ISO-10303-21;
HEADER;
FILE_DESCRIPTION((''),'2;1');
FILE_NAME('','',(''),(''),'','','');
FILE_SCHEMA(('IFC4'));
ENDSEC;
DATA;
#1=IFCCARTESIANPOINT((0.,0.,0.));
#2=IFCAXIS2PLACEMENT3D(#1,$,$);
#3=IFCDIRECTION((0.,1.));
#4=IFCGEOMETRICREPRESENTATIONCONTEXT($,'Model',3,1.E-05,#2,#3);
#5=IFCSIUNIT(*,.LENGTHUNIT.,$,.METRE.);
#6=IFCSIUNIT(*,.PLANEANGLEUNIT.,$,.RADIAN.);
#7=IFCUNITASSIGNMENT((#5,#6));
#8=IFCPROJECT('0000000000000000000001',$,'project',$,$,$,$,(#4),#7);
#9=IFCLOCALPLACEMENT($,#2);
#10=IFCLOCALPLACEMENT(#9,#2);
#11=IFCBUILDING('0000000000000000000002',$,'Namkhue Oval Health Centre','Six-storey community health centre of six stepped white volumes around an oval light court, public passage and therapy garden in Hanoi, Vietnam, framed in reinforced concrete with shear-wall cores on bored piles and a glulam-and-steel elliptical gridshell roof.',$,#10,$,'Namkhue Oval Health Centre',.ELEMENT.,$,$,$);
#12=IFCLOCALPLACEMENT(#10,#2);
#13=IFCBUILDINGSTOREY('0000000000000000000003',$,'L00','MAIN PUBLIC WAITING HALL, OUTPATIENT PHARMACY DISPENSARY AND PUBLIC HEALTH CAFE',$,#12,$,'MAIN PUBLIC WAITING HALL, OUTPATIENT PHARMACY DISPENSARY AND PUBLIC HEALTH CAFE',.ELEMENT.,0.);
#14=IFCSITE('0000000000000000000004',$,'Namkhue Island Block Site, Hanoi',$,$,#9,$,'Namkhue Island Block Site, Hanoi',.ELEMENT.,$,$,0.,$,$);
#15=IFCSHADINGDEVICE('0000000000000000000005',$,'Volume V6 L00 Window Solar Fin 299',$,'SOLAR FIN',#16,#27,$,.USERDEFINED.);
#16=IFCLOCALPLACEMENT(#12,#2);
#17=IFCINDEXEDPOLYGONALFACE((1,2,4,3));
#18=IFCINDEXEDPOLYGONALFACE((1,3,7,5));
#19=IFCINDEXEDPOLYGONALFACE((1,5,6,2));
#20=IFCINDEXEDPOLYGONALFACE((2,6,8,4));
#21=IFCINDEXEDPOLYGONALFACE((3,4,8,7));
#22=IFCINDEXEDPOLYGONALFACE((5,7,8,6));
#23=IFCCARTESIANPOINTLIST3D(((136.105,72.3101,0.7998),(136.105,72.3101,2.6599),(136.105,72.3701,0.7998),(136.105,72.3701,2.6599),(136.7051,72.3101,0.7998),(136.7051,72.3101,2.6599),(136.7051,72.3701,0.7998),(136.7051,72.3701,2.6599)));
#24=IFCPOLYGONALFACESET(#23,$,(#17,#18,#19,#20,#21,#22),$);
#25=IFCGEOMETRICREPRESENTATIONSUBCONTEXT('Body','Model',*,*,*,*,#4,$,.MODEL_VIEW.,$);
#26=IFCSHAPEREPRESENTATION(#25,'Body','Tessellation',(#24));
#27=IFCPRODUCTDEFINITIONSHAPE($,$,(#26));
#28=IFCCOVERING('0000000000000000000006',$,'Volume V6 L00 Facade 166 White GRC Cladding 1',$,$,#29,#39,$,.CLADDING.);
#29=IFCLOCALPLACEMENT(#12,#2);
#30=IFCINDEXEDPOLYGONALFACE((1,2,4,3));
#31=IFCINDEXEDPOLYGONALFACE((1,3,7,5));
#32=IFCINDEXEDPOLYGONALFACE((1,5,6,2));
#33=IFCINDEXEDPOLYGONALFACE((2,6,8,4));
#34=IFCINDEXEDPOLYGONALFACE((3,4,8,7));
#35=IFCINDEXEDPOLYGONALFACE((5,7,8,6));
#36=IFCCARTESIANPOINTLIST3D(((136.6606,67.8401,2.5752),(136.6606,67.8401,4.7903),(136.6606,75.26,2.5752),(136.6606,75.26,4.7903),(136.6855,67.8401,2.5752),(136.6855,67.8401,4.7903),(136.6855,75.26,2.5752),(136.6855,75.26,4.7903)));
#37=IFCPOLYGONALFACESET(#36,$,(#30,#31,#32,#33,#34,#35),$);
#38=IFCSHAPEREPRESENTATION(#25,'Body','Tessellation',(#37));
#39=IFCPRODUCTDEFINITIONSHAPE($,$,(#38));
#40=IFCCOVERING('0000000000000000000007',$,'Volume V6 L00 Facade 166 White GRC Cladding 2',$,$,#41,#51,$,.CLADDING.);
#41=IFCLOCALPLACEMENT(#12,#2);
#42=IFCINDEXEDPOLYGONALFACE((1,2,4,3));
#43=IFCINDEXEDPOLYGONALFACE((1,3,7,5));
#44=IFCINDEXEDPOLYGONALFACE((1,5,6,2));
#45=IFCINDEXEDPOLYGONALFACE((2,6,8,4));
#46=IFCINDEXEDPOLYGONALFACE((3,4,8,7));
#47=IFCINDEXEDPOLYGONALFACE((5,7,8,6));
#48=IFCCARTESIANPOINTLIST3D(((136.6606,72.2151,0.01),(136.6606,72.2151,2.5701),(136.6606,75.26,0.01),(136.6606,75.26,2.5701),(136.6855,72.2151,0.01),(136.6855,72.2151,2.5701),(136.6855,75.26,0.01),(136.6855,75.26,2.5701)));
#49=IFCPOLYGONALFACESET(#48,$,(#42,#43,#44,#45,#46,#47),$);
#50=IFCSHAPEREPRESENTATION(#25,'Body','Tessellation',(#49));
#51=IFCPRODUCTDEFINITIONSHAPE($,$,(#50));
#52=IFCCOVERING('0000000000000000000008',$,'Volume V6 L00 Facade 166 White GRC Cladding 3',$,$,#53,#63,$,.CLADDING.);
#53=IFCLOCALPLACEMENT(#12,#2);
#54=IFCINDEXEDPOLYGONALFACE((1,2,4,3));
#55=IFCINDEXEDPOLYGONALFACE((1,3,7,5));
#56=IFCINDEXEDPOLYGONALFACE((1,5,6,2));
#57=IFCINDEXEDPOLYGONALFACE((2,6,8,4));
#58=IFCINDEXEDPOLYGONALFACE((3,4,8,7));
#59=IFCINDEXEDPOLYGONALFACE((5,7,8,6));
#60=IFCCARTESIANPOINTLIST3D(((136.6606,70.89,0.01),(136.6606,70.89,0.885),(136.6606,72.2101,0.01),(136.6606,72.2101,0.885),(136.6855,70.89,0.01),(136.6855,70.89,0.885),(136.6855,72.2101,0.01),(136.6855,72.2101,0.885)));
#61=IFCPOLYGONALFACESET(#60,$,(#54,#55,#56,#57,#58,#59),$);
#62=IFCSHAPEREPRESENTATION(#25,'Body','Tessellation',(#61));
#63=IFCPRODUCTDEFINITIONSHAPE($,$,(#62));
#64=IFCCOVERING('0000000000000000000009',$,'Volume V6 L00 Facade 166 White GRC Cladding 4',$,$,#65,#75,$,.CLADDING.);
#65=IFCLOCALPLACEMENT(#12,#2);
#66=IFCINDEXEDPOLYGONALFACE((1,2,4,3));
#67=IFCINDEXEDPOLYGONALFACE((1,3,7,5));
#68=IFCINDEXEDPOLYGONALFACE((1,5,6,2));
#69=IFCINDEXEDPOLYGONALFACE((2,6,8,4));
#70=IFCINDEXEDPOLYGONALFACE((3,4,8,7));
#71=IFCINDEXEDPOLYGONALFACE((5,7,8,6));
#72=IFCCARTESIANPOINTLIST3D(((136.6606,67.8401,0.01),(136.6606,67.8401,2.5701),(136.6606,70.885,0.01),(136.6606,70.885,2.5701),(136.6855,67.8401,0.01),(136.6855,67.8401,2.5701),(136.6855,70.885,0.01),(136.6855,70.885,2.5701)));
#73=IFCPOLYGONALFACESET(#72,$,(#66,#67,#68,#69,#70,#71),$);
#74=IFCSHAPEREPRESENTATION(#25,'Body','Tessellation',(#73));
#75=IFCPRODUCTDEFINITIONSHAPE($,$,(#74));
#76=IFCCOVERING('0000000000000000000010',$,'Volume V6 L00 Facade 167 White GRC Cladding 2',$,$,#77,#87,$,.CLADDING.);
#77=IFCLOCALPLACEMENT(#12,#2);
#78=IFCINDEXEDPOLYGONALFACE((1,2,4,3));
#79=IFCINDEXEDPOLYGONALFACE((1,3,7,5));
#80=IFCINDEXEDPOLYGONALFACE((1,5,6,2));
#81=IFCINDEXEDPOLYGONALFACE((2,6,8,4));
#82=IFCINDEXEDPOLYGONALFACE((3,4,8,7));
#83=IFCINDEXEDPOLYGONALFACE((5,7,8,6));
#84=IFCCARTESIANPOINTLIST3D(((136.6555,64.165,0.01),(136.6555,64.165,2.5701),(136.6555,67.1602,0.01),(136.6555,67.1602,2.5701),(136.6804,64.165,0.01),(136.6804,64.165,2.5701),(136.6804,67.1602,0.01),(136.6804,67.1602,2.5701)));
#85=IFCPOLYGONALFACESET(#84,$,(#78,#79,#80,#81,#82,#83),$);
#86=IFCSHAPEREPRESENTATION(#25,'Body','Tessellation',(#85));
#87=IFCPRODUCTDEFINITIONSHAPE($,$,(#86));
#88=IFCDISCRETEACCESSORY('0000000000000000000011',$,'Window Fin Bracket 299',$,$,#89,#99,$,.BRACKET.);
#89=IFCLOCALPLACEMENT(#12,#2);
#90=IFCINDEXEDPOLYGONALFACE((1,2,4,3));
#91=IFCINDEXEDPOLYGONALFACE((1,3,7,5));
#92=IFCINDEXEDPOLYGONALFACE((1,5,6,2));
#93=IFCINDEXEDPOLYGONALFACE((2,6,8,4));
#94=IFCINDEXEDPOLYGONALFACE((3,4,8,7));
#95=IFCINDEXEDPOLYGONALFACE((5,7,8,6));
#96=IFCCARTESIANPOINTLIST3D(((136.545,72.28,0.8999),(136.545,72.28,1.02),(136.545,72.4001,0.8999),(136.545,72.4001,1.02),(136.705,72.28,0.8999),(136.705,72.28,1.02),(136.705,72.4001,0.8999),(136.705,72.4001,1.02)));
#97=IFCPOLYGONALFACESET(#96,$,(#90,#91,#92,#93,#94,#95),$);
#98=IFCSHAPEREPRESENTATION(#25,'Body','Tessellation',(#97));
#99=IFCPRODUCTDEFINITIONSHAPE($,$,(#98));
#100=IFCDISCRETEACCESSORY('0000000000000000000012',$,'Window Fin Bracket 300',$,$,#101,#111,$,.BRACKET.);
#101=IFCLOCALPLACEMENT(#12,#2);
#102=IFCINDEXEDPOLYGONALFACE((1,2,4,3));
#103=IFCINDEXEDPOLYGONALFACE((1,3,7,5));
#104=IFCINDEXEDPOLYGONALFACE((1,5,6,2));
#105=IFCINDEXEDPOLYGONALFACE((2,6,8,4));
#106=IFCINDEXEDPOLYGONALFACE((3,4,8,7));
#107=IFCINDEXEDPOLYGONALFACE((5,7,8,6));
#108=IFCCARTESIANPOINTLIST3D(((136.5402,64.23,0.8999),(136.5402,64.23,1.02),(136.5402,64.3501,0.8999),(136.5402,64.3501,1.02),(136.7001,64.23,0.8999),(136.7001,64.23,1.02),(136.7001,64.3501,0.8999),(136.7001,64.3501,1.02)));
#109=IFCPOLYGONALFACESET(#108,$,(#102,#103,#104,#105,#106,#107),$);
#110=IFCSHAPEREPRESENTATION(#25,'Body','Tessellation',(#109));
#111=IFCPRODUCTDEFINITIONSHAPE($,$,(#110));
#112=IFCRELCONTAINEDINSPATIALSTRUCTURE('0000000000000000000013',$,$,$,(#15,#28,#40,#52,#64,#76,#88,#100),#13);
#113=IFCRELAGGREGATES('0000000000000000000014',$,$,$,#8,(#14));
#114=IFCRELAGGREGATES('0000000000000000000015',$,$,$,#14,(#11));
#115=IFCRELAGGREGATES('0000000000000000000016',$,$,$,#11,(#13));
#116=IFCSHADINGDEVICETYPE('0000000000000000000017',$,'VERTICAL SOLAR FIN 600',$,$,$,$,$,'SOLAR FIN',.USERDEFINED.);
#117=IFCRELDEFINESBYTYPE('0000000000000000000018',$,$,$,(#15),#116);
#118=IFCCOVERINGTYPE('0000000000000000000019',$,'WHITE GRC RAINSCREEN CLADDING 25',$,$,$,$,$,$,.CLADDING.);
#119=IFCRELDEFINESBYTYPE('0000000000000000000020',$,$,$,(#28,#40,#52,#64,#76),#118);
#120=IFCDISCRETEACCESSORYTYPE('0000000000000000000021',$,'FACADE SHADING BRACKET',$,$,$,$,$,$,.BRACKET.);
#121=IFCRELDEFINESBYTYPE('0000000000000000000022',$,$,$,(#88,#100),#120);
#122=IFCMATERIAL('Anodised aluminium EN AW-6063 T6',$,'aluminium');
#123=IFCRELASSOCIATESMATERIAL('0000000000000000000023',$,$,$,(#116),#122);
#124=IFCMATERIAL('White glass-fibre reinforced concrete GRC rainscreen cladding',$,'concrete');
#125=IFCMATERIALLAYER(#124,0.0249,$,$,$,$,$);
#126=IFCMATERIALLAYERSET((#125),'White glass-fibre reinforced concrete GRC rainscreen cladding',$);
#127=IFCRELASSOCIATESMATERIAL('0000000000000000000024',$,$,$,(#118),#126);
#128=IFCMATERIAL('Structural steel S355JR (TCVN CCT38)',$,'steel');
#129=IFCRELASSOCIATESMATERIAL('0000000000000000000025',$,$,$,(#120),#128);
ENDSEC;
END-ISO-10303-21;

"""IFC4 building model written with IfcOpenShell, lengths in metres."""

from ifc_helpers import new_model, si_unit, direction, frame, origin, origin_2d, place, context, subcontext, project, spatial, rectangle, extrude, material, layer, layer_set, type_object, element, save


model = new_model("IFC4")

# Units and contexts
model_context = context("Model", 3, precision=1e-05, world=origin(), true_north=direction((0.0, 1.0)))
body_context = subcontext(model_context, "Body", "Model", "MODEL_VIEW")
ifc_project = project(units=[si_unit("LENGTHUNIT", "METRE"), si_unit("PLANEANGLEUNIT", "RADIAN")], contexts=[model_context])

# Site, building, storey
site_placement = place(None, origin())
site = spatial("IfcSite", under=ifc_project, at=site_placement, Name="Namkhue Island Block Site, Hanoi", LongName="Namkhue Island Block Site, Hanoi", CompositionType="ELEMENT", RefElevation=0.0)
building_placement = place(site_placement, origin())
building = spatial("IfcBuilding", under=site, at=building_placement, Name="Namkhue Oval Health Centre", Description="Six-storey community health centre of six stepped white volumes around an oval light court, public passage and therapy garden in Hanoi, Vietnam, framed in reinforced concrete with shear-wall cores on bored piles and a glulam-and-steel elliptical gridshell roof.", LongName="Namkhue Oval Health Centre", CompositionType="ELEMENT")
storey_placement = place(building_placement, origin())
storey = spatial("IfcBuildingStorey", under=building, at=storey_placement, Name="L00", Description="MAIN PUBLIC WAITING HALL, OUTPATIENT PHARMACY DISPENSARY AND PUBLIC HEALTH CAFE", LongName="MAIN PUBLIC WAITING HALL, OUTPATIENT PHARMACY DISPENSARY AND PUBLIC HEALTH CAFE", CompositionType="ELEMENT", Elevation=0.0)

# Shading device
ifc_material_1 = material(Name="Anodised aluminium EN AW-6063 T6", Category="aluminium")
shading_device_type = type_object("IfcShadingDeviceType", Name="VERTICAL SOLAR FIN 600", ElementType="SOLAR FIN", PredefinedType="USERDEFINED", material=ifc_material_1)
shading_device_placement = place(storey_placement, frame((136.405, 72.3401, 0.7998), z_axis=(0.0, 0.0, 1.0), x_axis=(-1.0, 0.0, 0.0)))
element("IfcShadingDevice", 1, at=shading_device_placement, inside=storey, type_object=shading_device_type, Name="Volume V6 L00 Window Solar Fin 299", ObjectType="SOLAR FIN", PredefinedType="USERDEFINED", context=body_context, shape_type="SweptSolid", body=[
    extrude(rectangle(XDim=0.6001, YDim=0.0601, at=origin_2d()), origin(), (0.0, 0.0, 1.0), 1.8601),
])

# Coverings
ifc_material_2 = material(Name="White glass-fibre reinforced concrete GRC rainscreen cladding", Category="concrete")
ifc_layer_1 = layer(ifc_material_2, 0.0249)
ifc_layer_set_1 = layer_set([ifc_layer_1], Name="White glass-fibre reinforced concrete GRC rainscreen cladding")
covering_type = type_object("IfcCoveringType", Name="WHITE GRC RAINSCREEN CLADDING 25", PredefinedType="CLADDING", material=ifc_layer_set_1)
covering_1_placement = place(storey_placement, frame((136.6731, 71.55, 2.5752), z_axis=(0.0, 0.0, 1.0), x_axis=(0.0, -1.0, 0.0)))
element("IfcCovering", 2, at=covering_1_placement, inside=storey, type_object=covering_type, Name="Volume V6 L00 Facade 166 White GRC Cladding 1", PredefinedType="CLADDING", context=body_context, shape_type="SweptSolid", body=[
    extrude(rectangle(XDim=7.4199, YDim=0.0249, at=origin_2d()), origin(), (0.0, 0.0, 1.0), 2.2151),
])
covering_2_placement = place(storey_placement, frame((136.6731, 73.7375, 0.01), z_axis=(0.0, 0.0, 1.0), x_axis=(0.0, -1.0, 0.0)))
element("IfcCovering", 3, at=covering_2_placement, inside=storey, type_object=covering_type, Name="Volume V6 L00 Facade 166 White GRC Cladding 2", PredefinedType="CLADDING", context=body_context, shape_type="SweptSolid", body=[
    extrude(rectangle(XDim=3.0449, YDim=0.0249, at=origin_2d()), origin(), (0.0, 0.0, 1.0), 2.5601),
])
covering_3_placement = place(storey_placement, frame((136.6731, 71.55, 0.01), z_axis=(0.0, 0.0, 1.0), x_axis=(0.0, -1.0, 0.0)))
element("IfcCovering", 4, at=covering_3_placement, inside=storey, type_object=covering_type, Name="Volume V6 L00 Facade 166 White GRC Cladding 3", PredefinedType="CLADDING", context=body_context, shape_type="SweptSolid", body=[
    extrude(rectangle(XDim=1.3201, YDim=0.0249, at=origin_2d()), origin(), (0.0, 0.0, 1.0), 0.875),
])
covering_4_placement = place(storey_placement, frame((136.6731, 69.3625, 0.01), z_axis=(0.0, 0.0, 1.0), x_axis=(0.0, -1.0, 0.0)))
element("IfcCovering", 5, at=covering_4_placement, inside=storey, type_object=covering_type, Name="Volume V6 L00 Facade 166 White GRC Cladding 4", PredefinedType="CLADDING", context=body_context, shape_type="SweptSolid", body=[
    extrude(rectangle(XDim=3.0449, YDim=0.0249, at=origin_2d()), origin(), (0.0, 0.0, 1.0), 2.5601),
])
covering_5_placement = place(storey_placement, frame((136.668, 65.6626, 0.01), z_axis=(0.0, 0.0, 1.0), x_axis=(0.0, -1.0, 0.0)))
element("IfcCovering", 6, at=covering_5_placement, inside=storey, type_object=covering_type, Name="Volume V6 L00 Facade 167 White GRC Cladding 2", PredefinedType="CLADDING", context=body_context, shape_type="SweptSolid", body=[
    extrude(rectangle(XDim=2.9951, YDim=0.0249, at=origin_2d()), origin(), (0.0, 0.0, 1.0), 2.5601),
])

# Discrete accessories
ifc_material_3 = material(Name="Structural steel S355JR (TCVN CCT38)", Category="steel")
discrete_accessory_type = type_object("IfcDiscreteAccessoryType", Name="FACADE SHADING BRACKET", PredefinedType="BRACKET", material=ifc_material_3)
for number, where, z_axis, x_axis, name in (
    (7, (136.625, 72.3401, 0.8999), (0.0, 0.0, 1.0), (-1.0, 0.0, 0.0), "Window Fin Bracket 299"),
    (8, (136.6201, 64.29, 0.8999), (0.0, 0.0, 1.0), (-1.0, 0.0, 0.0), "Window Fin Bracket 300"),
):
    element("IfcDiscreteAccessory", number, at=place(storey_placement, frame(where, z_axis=z_axis, x_axis=x_axis)), inside=storey, type_object=discrete_accessory_type, Name=name, PredefinedType="BRACKET", context=body_context, shape_type="SweptSolid", body=[
        extrude(rectangle(XDim=0.1599, YDim=0.1201, at=origin_2d()), origin(), (0.0, 0.0, 1.0), 0.1201),
    ])

save(model, "model.ifc")
